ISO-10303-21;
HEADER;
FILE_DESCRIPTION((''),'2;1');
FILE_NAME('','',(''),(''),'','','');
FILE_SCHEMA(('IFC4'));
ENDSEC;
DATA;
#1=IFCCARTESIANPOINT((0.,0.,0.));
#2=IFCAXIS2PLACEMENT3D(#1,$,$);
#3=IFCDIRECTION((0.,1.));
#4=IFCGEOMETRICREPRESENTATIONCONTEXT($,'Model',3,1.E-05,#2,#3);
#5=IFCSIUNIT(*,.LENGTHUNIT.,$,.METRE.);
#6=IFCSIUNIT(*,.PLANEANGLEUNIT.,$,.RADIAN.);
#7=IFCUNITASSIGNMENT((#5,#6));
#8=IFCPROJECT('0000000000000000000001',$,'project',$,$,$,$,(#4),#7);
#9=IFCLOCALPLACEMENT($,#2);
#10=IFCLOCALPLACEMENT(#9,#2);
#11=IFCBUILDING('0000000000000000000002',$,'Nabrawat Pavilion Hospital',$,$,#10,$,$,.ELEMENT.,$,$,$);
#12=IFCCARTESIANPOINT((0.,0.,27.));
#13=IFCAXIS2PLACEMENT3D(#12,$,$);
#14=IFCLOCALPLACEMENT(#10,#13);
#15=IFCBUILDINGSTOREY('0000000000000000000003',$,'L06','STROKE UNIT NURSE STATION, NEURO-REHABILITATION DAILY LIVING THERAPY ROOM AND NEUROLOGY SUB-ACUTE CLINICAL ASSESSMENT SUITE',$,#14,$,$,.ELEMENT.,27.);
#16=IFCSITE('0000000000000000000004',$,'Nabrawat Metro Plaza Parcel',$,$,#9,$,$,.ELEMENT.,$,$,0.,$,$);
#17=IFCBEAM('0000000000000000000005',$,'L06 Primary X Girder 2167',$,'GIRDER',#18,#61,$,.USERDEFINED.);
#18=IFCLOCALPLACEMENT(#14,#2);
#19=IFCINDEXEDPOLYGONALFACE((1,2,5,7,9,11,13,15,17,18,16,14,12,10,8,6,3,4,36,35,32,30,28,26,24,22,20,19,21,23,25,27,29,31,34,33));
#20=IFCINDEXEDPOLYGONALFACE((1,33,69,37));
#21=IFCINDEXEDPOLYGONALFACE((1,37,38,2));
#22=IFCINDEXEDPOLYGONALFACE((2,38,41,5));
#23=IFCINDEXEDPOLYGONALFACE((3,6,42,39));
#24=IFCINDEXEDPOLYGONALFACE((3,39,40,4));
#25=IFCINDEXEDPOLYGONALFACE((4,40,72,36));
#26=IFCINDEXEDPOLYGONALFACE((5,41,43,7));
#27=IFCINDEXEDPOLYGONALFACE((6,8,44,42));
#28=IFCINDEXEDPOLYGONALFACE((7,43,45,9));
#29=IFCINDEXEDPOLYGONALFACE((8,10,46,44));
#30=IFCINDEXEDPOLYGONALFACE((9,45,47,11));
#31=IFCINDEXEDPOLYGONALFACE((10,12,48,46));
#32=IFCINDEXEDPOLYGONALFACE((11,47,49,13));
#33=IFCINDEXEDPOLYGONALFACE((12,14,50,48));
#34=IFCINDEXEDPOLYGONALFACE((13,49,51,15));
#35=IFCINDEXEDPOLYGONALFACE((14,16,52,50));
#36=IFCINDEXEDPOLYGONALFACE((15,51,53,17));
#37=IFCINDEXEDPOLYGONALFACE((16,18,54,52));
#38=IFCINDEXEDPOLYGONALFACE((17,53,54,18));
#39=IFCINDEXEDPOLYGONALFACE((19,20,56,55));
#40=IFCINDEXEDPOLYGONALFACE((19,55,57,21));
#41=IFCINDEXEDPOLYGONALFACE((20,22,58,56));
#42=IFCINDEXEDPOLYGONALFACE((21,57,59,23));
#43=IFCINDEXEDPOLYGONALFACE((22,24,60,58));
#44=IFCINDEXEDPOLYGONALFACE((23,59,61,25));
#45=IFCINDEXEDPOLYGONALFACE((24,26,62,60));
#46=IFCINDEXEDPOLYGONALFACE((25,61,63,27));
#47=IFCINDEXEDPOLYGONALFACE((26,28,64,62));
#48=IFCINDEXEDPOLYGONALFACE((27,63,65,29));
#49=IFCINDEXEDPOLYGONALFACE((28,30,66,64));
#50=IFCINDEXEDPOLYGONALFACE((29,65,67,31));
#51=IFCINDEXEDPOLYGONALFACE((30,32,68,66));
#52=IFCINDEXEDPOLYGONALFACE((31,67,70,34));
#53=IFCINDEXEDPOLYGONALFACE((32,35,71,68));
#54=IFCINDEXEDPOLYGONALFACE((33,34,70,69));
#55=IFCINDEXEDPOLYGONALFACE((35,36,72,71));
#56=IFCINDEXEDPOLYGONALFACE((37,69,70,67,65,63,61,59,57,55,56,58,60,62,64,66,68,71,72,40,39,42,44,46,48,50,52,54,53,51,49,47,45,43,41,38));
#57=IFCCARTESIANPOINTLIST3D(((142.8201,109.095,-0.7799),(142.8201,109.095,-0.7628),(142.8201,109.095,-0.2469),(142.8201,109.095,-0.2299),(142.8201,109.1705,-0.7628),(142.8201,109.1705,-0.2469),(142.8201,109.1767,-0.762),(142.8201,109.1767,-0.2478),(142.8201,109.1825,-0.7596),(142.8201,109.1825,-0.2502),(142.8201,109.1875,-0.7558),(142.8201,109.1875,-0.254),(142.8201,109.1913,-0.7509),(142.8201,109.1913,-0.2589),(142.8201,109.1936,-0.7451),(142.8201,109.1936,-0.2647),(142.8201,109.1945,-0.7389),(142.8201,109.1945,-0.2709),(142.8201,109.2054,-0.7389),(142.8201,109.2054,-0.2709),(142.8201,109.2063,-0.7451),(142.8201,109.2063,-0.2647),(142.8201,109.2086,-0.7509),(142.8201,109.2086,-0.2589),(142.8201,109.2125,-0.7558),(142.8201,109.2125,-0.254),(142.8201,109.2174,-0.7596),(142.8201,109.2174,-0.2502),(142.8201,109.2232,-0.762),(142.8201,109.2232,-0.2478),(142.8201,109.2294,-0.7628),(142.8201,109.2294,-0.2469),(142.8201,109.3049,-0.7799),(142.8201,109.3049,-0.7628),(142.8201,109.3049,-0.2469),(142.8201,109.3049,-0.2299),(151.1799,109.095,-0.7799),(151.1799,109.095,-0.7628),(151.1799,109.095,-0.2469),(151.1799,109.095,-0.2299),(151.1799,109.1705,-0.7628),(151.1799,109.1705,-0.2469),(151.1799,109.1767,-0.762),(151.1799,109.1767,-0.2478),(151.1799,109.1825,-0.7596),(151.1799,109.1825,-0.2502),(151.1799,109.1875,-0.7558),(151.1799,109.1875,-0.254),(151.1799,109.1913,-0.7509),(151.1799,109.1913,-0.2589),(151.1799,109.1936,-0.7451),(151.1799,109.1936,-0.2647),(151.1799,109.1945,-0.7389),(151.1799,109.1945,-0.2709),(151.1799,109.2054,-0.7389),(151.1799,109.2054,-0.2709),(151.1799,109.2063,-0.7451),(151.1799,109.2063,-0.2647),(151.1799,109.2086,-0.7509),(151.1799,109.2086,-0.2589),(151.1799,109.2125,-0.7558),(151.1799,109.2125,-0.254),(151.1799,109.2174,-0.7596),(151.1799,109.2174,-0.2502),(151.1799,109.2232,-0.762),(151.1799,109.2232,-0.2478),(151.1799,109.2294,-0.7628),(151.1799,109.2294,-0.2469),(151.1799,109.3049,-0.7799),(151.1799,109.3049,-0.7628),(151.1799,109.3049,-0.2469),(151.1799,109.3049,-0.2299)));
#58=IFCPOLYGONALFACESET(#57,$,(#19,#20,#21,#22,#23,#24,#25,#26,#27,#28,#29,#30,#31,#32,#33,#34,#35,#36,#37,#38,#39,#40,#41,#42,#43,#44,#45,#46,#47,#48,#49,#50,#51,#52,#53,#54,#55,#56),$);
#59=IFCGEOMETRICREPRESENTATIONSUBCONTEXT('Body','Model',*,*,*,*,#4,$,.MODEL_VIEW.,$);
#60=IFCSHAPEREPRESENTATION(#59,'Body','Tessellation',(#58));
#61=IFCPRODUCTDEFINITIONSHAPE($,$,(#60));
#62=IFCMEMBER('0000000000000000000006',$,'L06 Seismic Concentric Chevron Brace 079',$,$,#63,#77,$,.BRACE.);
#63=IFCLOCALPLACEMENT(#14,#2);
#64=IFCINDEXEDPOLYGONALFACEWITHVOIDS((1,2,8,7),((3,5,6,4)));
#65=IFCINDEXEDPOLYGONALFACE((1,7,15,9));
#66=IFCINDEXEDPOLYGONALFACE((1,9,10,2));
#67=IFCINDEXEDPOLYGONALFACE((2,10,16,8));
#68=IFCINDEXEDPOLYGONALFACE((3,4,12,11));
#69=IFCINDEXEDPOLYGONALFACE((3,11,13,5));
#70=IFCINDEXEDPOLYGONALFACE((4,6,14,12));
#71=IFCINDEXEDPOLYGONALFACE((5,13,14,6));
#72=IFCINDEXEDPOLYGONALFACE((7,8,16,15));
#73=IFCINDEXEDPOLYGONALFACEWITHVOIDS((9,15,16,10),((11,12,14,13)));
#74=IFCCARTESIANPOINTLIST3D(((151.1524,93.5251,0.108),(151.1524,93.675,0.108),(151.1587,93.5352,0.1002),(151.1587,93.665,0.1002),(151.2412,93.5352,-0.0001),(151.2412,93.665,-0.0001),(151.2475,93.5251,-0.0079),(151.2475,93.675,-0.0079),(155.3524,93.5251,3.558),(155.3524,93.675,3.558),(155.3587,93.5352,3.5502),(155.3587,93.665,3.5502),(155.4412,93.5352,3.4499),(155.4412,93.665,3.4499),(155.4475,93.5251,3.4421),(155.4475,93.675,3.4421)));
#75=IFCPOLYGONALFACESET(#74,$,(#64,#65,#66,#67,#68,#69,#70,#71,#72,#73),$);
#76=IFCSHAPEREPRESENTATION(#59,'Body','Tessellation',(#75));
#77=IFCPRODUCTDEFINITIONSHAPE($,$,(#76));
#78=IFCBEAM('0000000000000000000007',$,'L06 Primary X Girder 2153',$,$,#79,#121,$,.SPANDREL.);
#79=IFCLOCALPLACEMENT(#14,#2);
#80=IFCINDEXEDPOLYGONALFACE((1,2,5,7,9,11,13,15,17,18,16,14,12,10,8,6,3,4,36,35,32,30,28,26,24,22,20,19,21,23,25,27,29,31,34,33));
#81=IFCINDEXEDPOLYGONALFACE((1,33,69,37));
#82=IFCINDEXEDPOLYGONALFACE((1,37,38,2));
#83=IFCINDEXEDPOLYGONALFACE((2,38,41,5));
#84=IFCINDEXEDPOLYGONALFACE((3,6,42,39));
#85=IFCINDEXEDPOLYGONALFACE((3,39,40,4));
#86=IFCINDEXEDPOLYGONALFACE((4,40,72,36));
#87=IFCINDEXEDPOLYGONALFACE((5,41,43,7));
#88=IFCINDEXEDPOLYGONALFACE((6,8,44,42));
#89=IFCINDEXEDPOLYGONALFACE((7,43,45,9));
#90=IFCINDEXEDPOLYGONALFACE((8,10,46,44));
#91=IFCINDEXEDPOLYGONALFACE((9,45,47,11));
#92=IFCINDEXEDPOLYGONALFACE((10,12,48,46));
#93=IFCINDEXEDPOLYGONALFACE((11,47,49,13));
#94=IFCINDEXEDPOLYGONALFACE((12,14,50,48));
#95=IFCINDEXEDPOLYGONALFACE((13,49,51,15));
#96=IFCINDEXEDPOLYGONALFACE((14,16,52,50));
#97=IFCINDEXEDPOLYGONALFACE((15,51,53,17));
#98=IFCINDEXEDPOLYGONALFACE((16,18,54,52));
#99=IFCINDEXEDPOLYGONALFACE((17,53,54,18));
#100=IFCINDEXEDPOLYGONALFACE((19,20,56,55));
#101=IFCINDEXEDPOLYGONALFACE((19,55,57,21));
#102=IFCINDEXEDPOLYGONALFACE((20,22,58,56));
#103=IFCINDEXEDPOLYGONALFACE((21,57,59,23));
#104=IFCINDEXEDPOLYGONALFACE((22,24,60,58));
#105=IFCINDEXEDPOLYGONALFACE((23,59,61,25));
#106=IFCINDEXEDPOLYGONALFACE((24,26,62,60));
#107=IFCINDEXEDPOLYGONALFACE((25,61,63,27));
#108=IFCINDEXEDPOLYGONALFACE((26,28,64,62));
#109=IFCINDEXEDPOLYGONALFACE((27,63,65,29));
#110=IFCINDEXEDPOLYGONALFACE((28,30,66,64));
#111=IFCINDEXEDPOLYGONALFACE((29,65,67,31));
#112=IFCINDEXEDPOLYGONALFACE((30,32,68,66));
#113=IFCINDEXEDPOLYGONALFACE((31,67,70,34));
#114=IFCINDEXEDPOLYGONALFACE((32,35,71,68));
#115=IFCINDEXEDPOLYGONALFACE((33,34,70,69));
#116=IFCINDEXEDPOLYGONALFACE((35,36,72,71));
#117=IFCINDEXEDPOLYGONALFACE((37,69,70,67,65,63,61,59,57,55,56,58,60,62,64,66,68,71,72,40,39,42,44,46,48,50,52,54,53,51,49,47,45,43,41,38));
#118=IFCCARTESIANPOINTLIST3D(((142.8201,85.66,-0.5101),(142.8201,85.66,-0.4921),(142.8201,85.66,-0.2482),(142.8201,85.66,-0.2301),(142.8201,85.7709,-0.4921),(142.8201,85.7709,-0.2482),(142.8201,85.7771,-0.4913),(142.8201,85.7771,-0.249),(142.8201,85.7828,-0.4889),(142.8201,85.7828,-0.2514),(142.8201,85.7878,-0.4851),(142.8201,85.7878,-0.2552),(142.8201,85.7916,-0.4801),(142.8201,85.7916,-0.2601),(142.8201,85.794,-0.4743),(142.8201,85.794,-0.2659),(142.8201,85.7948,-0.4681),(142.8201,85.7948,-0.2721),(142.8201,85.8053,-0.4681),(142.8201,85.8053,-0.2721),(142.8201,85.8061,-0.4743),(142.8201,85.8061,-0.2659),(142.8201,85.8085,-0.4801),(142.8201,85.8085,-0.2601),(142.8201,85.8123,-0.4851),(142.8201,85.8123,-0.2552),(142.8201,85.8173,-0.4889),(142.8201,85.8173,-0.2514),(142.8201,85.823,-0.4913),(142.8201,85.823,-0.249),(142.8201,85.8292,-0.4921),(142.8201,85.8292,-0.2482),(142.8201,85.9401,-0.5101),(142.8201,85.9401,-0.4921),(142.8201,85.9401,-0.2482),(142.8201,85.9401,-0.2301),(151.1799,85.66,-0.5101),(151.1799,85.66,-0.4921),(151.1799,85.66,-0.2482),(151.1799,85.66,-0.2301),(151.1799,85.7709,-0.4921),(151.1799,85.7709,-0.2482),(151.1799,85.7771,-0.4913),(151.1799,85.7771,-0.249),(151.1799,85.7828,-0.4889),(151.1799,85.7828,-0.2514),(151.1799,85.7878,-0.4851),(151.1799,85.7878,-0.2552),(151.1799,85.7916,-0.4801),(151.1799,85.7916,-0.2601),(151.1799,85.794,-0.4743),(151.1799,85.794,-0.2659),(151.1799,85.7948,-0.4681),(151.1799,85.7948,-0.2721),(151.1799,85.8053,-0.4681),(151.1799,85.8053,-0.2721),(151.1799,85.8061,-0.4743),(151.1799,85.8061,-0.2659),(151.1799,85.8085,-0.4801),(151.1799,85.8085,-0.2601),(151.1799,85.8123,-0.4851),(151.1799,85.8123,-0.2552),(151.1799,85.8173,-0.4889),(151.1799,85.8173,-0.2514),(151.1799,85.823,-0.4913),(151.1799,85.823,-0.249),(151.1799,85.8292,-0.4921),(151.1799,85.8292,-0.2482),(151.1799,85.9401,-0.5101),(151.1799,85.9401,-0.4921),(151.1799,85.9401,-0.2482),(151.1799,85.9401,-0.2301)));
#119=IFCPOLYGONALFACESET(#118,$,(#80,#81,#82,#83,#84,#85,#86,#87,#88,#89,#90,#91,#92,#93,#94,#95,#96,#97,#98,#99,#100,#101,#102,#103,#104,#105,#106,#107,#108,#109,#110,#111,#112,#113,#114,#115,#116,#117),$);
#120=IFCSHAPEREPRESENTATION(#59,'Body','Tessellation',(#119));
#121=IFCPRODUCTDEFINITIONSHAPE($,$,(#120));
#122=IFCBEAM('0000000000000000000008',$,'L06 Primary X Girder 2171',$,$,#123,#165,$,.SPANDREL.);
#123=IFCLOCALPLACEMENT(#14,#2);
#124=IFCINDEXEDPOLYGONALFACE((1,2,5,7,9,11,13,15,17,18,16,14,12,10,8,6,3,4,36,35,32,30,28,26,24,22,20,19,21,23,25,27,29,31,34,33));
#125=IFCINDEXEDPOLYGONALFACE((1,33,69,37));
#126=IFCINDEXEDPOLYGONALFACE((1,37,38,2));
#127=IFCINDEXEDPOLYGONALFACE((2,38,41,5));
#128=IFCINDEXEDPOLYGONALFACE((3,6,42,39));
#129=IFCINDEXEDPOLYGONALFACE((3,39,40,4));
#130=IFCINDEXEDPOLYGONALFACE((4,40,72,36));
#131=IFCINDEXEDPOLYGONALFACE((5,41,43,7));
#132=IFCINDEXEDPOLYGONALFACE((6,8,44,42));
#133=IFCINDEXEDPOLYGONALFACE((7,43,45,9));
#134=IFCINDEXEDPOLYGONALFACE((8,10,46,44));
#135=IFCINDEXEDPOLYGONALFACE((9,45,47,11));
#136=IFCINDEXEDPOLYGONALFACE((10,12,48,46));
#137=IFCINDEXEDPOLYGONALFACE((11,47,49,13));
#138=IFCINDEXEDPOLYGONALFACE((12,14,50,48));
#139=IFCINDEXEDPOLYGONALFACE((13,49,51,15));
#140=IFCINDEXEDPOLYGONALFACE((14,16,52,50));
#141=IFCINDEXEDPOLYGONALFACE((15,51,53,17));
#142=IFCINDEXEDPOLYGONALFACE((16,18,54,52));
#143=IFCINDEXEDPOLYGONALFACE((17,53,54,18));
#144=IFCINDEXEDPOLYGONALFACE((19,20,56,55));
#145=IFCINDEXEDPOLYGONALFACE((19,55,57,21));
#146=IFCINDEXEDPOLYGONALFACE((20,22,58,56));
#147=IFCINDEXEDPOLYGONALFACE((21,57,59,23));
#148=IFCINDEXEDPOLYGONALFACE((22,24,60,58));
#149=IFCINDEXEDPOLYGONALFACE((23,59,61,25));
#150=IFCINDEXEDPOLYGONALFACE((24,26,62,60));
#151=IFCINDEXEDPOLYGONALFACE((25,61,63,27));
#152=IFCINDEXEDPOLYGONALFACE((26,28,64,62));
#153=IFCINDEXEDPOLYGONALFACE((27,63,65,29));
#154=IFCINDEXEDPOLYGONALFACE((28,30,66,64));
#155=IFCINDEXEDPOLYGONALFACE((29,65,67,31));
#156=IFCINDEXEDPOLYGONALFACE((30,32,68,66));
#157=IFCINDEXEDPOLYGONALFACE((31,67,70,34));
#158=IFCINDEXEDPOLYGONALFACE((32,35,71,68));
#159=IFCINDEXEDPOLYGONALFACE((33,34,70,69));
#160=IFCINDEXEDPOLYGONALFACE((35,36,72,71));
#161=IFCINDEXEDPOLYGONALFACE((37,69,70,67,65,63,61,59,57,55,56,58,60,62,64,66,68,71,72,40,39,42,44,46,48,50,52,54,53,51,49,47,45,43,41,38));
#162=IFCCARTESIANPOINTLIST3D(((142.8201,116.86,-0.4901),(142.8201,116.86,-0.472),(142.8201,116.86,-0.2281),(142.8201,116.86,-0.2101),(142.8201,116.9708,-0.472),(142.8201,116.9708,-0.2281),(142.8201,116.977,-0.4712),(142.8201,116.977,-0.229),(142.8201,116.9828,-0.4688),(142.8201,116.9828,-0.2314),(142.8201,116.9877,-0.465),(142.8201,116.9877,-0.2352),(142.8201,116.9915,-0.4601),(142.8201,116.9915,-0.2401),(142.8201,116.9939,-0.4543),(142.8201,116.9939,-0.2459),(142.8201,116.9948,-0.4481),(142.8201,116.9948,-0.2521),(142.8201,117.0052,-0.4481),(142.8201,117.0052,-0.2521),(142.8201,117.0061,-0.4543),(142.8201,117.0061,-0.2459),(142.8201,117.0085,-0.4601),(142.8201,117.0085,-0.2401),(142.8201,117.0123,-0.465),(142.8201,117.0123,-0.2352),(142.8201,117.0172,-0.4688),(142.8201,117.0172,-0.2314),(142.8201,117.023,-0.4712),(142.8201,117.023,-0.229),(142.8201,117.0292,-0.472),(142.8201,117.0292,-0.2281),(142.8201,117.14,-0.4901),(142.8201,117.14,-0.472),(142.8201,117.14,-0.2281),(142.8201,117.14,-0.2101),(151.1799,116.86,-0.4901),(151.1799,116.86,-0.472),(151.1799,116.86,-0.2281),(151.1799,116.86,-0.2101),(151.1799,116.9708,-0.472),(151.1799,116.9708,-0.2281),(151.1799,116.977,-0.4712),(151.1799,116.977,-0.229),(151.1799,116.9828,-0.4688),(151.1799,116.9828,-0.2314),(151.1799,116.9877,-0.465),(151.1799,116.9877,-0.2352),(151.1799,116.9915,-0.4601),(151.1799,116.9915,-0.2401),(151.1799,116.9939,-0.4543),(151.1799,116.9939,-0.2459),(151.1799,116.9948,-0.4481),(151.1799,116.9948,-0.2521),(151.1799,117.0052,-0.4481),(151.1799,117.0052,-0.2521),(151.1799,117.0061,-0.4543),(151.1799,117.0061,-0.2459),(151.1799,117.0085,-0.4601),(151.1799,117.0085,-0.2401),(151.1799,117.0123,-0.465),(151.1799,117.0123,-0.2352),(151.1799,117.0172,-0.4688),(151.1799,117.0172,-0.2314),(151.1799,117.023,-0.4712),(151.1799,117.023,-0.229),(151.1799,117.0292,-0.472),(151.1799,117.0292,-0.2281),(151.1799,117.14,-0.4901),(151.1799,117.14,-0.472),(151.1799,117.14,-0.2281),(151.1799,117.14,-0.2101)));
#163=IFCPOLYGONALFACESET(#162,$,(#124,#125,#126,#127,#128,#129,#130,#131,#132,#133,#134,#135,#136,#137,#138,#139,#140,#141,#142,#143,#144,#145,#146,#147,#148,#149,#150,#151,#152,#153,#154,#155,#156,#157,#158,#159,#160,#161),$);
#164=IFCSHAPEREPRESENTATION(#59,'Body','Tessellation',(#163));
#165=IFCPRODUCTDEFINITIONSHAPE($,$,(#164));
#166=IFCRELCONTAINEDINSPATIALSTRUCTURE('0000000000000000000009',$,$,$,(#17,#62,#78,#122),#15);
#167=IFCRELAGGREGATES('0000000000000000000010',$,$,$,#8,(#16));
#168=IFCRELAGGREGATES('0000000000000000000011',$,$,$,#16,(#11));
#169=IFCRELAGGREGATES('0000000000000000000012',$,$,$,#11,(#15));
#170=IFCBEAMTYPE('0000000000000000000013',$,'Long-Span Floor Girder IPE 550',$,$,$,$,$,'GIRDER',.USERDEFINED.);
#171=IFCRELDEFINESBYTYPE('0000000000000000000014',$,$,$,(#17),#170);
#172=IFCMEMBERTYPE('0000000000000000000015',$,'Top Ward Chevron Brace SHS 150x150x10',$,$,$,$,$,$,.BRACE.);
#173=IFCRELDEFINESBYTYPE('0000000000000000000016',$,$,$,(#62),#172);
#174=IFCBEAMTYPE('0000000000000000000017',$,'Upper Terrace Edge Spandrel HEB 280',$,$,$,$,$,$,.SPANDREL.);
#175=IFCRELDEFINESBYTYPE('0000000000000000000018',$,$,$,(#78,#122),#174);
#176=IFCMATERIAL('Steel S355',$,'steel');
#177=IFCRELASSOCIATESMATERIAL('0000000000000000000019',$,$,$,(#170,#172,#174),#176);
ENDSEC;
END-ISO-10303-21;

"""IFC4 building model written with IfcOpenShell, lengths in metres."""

from ifc_helpers import new_model, si_unit, direction, frame, origin, origin_2d, place, context, subcontext, project, spatial, hollow_rectangle, i_section, extrude, material, material_profile, profile_set, type_object, element, save


model = new_model("IFC4")

# Units and contexts
model_context = context("Model", 3, precision=1e-05, world=origin(), true_north=direction((0.0, 1.0)))
body_context = subcontext(model_context, "Body", "Model", "MODEL_VIEW")
ifc_project = project(units=[si_unit("LENGTHUNIT", "METRE"), si_unit("PLANEANGLEUNIT", "RADIAN")], contexts=[model_context])

# Site, building, storey
site_placement = place(None, origin())
site = spatial("IfcSite", under=ifc_project, at=site_placement, Name="Nabrawat Metro Plaza Parcel", CompositionType="ELEMENT", RefElevation=0.0)
building_placement = place(site_placement, origin())
building = spatial("IfcBuilding", under=site, at=building_placement, Name="Nabrawat Pavilion Hospital", CompositionType="ELEMENT")
storey_placement = place(building_placement, frame((0.0, 0.0, 27.0)))
storey = spatial("IfcBuildingStorey", under=building, at=storey_placement, Name="L06", Description="STROKE UNIT NURSE STATION, NEURO-REHABILITATION DAILY LIVING THERAPY ROOM AND NEUROLOGY SUB-ACUTE CLINICAL ASSESSMENT SUITE", CompositionType="ELEMENT", Elevation=27.0)

# Beam
ifc_material_1 = material(Name="Steel S355", Category="steel")
ifc_material_profile_1 = material_profile(ifc_material_1, i_section(OverallWidth=0.21, OverallDepth=0.55, WebThickness=0.011, FlangeThickness=0.0171, FilletRadius=0.0239, at=origin_2d()), Name="IPE 550")
ifc_profile_set_1 = profile_set([ifc_material_profile_1], Name="Steel S355")
beam_type_1 = type_object("IfcBeamType", Name="Long-Span Floor Girder IPE 550", ElementType="GIRDER", PredefinedType="USERDEFINED", material=ifc_profile_set_1)
for number, where, z_axis, x_axis, name in (
    (1, (142.8201, 109.2, -0.5049), (1.0, 0.0, 0.0), (0.0, 1.0, 0.0), "L06 Primary X Girder 2167"),
):
    element("IfcBeam", number, at=place(storey_placement, frame(where, z_axis=z_axis, x_axis=x_axis)), inside=storey, type_object=beam_type_1, Name=name, ObjectType="GIRDER", PredefinedType="USERDEFINED", context=body_context, shape_type="SweptSolid", body=[
        extrude(i_section(OverallWidth=0.21, OverallDepth=0.55, WebThickness=0.011, FlangeThickness=0.0171, FilletRadius=0.0239, at=origin_2d()), origin(), (0.0, 0.0, 1.0), 8.3599),
    ])

# Member
ifc_material_profile_2 = material_profile(ifc_material_1, hollow_rectangle(XDim=0.1499, YDim=0.1499, WallThickness=0.01, at=origin_2d()), Name="SHS 150x150x10")
ifc_profile_set_2 = profile_set([ifc_material_profile_2], Name="Steel S355")
member_type = type_object("IfcMemberType", Name="Top Ward Chevron Brace SHS 150x150x10", PredefinedType="BRACE", material=ifc_profile_set_2)
member_placement = place(storey_placement, frame((151.2, 93.6001, 0.05), z_axis=(0.772727, 0.0, 0.634738), x_axis=(0.0, 1.0, 0.0)))
element("IfcMember", 2, at=member_placement, inside=storey, type_object=member_type, Name="L06 Seismic Concentric Chevron Brace 079", PredefinedType="BRACE", context=body_context, shape_type="SweptSolid", body=[
    extrude(hollow_rectangle(XDim=0.1499, YDim=0.1499, WallThickness=0.01, at=origin_2d()), origin(), (0.0, 0.0, 1.0), 5.4353),
])

# Beams
ifc_material_profile_3 = material_profile(ifc_material_1, i_section(OverallWidth=0.28, OverallDepth=0.28, WebThickness=0.0105, FlangeThickness=0.0181, FilletRadius=0.0239, at=origin_2d()), Name="HEB 280")
ifc_profile_set_3 = profile_set([ifc_material_profile_3], Name="Steel S355")
beam_type_2 = type_object("IfcBeamType", Name="Upper Terrace Edge Spandrel HEB 280", PredefinedType="SPANDREL", material=ifc_profile_set_3)
for number, where, z_axis, x_axis, name in (
    (3, (142.8201, 85.8, -0.3701), (1.0, 0.0, 0.0), (0.0, 1.0, 0.0), "L06 Primary X Girder 2153"),
    (4, (142.8201, 117.0, -0.3501), (1.0, 0.0, 0.0), (0.0, 1.0, 0.0), "L06 Primary X Girder 2171"),
):
    element("IfcBeam", number, at=place(storey_placement, frame(where, z_axis=z_axis, x_axis=x_axis)), inside=storey, type_object=beam_type_2, Name=name, PredefinedType="SPANDREL", context=body_context, shape_type="SweptSolid", body=[
        extrude(i_section(OverallWidth=0.28, OverallDepth=0.28, WebThickness=0.0105, FlangeThickness=0.0181, FilletRadius=0.0239, at=origin_2d()), origin(), (0.0, 0.0, 1.0), 8.3599),
    ])

save(model, "model.ifc")
